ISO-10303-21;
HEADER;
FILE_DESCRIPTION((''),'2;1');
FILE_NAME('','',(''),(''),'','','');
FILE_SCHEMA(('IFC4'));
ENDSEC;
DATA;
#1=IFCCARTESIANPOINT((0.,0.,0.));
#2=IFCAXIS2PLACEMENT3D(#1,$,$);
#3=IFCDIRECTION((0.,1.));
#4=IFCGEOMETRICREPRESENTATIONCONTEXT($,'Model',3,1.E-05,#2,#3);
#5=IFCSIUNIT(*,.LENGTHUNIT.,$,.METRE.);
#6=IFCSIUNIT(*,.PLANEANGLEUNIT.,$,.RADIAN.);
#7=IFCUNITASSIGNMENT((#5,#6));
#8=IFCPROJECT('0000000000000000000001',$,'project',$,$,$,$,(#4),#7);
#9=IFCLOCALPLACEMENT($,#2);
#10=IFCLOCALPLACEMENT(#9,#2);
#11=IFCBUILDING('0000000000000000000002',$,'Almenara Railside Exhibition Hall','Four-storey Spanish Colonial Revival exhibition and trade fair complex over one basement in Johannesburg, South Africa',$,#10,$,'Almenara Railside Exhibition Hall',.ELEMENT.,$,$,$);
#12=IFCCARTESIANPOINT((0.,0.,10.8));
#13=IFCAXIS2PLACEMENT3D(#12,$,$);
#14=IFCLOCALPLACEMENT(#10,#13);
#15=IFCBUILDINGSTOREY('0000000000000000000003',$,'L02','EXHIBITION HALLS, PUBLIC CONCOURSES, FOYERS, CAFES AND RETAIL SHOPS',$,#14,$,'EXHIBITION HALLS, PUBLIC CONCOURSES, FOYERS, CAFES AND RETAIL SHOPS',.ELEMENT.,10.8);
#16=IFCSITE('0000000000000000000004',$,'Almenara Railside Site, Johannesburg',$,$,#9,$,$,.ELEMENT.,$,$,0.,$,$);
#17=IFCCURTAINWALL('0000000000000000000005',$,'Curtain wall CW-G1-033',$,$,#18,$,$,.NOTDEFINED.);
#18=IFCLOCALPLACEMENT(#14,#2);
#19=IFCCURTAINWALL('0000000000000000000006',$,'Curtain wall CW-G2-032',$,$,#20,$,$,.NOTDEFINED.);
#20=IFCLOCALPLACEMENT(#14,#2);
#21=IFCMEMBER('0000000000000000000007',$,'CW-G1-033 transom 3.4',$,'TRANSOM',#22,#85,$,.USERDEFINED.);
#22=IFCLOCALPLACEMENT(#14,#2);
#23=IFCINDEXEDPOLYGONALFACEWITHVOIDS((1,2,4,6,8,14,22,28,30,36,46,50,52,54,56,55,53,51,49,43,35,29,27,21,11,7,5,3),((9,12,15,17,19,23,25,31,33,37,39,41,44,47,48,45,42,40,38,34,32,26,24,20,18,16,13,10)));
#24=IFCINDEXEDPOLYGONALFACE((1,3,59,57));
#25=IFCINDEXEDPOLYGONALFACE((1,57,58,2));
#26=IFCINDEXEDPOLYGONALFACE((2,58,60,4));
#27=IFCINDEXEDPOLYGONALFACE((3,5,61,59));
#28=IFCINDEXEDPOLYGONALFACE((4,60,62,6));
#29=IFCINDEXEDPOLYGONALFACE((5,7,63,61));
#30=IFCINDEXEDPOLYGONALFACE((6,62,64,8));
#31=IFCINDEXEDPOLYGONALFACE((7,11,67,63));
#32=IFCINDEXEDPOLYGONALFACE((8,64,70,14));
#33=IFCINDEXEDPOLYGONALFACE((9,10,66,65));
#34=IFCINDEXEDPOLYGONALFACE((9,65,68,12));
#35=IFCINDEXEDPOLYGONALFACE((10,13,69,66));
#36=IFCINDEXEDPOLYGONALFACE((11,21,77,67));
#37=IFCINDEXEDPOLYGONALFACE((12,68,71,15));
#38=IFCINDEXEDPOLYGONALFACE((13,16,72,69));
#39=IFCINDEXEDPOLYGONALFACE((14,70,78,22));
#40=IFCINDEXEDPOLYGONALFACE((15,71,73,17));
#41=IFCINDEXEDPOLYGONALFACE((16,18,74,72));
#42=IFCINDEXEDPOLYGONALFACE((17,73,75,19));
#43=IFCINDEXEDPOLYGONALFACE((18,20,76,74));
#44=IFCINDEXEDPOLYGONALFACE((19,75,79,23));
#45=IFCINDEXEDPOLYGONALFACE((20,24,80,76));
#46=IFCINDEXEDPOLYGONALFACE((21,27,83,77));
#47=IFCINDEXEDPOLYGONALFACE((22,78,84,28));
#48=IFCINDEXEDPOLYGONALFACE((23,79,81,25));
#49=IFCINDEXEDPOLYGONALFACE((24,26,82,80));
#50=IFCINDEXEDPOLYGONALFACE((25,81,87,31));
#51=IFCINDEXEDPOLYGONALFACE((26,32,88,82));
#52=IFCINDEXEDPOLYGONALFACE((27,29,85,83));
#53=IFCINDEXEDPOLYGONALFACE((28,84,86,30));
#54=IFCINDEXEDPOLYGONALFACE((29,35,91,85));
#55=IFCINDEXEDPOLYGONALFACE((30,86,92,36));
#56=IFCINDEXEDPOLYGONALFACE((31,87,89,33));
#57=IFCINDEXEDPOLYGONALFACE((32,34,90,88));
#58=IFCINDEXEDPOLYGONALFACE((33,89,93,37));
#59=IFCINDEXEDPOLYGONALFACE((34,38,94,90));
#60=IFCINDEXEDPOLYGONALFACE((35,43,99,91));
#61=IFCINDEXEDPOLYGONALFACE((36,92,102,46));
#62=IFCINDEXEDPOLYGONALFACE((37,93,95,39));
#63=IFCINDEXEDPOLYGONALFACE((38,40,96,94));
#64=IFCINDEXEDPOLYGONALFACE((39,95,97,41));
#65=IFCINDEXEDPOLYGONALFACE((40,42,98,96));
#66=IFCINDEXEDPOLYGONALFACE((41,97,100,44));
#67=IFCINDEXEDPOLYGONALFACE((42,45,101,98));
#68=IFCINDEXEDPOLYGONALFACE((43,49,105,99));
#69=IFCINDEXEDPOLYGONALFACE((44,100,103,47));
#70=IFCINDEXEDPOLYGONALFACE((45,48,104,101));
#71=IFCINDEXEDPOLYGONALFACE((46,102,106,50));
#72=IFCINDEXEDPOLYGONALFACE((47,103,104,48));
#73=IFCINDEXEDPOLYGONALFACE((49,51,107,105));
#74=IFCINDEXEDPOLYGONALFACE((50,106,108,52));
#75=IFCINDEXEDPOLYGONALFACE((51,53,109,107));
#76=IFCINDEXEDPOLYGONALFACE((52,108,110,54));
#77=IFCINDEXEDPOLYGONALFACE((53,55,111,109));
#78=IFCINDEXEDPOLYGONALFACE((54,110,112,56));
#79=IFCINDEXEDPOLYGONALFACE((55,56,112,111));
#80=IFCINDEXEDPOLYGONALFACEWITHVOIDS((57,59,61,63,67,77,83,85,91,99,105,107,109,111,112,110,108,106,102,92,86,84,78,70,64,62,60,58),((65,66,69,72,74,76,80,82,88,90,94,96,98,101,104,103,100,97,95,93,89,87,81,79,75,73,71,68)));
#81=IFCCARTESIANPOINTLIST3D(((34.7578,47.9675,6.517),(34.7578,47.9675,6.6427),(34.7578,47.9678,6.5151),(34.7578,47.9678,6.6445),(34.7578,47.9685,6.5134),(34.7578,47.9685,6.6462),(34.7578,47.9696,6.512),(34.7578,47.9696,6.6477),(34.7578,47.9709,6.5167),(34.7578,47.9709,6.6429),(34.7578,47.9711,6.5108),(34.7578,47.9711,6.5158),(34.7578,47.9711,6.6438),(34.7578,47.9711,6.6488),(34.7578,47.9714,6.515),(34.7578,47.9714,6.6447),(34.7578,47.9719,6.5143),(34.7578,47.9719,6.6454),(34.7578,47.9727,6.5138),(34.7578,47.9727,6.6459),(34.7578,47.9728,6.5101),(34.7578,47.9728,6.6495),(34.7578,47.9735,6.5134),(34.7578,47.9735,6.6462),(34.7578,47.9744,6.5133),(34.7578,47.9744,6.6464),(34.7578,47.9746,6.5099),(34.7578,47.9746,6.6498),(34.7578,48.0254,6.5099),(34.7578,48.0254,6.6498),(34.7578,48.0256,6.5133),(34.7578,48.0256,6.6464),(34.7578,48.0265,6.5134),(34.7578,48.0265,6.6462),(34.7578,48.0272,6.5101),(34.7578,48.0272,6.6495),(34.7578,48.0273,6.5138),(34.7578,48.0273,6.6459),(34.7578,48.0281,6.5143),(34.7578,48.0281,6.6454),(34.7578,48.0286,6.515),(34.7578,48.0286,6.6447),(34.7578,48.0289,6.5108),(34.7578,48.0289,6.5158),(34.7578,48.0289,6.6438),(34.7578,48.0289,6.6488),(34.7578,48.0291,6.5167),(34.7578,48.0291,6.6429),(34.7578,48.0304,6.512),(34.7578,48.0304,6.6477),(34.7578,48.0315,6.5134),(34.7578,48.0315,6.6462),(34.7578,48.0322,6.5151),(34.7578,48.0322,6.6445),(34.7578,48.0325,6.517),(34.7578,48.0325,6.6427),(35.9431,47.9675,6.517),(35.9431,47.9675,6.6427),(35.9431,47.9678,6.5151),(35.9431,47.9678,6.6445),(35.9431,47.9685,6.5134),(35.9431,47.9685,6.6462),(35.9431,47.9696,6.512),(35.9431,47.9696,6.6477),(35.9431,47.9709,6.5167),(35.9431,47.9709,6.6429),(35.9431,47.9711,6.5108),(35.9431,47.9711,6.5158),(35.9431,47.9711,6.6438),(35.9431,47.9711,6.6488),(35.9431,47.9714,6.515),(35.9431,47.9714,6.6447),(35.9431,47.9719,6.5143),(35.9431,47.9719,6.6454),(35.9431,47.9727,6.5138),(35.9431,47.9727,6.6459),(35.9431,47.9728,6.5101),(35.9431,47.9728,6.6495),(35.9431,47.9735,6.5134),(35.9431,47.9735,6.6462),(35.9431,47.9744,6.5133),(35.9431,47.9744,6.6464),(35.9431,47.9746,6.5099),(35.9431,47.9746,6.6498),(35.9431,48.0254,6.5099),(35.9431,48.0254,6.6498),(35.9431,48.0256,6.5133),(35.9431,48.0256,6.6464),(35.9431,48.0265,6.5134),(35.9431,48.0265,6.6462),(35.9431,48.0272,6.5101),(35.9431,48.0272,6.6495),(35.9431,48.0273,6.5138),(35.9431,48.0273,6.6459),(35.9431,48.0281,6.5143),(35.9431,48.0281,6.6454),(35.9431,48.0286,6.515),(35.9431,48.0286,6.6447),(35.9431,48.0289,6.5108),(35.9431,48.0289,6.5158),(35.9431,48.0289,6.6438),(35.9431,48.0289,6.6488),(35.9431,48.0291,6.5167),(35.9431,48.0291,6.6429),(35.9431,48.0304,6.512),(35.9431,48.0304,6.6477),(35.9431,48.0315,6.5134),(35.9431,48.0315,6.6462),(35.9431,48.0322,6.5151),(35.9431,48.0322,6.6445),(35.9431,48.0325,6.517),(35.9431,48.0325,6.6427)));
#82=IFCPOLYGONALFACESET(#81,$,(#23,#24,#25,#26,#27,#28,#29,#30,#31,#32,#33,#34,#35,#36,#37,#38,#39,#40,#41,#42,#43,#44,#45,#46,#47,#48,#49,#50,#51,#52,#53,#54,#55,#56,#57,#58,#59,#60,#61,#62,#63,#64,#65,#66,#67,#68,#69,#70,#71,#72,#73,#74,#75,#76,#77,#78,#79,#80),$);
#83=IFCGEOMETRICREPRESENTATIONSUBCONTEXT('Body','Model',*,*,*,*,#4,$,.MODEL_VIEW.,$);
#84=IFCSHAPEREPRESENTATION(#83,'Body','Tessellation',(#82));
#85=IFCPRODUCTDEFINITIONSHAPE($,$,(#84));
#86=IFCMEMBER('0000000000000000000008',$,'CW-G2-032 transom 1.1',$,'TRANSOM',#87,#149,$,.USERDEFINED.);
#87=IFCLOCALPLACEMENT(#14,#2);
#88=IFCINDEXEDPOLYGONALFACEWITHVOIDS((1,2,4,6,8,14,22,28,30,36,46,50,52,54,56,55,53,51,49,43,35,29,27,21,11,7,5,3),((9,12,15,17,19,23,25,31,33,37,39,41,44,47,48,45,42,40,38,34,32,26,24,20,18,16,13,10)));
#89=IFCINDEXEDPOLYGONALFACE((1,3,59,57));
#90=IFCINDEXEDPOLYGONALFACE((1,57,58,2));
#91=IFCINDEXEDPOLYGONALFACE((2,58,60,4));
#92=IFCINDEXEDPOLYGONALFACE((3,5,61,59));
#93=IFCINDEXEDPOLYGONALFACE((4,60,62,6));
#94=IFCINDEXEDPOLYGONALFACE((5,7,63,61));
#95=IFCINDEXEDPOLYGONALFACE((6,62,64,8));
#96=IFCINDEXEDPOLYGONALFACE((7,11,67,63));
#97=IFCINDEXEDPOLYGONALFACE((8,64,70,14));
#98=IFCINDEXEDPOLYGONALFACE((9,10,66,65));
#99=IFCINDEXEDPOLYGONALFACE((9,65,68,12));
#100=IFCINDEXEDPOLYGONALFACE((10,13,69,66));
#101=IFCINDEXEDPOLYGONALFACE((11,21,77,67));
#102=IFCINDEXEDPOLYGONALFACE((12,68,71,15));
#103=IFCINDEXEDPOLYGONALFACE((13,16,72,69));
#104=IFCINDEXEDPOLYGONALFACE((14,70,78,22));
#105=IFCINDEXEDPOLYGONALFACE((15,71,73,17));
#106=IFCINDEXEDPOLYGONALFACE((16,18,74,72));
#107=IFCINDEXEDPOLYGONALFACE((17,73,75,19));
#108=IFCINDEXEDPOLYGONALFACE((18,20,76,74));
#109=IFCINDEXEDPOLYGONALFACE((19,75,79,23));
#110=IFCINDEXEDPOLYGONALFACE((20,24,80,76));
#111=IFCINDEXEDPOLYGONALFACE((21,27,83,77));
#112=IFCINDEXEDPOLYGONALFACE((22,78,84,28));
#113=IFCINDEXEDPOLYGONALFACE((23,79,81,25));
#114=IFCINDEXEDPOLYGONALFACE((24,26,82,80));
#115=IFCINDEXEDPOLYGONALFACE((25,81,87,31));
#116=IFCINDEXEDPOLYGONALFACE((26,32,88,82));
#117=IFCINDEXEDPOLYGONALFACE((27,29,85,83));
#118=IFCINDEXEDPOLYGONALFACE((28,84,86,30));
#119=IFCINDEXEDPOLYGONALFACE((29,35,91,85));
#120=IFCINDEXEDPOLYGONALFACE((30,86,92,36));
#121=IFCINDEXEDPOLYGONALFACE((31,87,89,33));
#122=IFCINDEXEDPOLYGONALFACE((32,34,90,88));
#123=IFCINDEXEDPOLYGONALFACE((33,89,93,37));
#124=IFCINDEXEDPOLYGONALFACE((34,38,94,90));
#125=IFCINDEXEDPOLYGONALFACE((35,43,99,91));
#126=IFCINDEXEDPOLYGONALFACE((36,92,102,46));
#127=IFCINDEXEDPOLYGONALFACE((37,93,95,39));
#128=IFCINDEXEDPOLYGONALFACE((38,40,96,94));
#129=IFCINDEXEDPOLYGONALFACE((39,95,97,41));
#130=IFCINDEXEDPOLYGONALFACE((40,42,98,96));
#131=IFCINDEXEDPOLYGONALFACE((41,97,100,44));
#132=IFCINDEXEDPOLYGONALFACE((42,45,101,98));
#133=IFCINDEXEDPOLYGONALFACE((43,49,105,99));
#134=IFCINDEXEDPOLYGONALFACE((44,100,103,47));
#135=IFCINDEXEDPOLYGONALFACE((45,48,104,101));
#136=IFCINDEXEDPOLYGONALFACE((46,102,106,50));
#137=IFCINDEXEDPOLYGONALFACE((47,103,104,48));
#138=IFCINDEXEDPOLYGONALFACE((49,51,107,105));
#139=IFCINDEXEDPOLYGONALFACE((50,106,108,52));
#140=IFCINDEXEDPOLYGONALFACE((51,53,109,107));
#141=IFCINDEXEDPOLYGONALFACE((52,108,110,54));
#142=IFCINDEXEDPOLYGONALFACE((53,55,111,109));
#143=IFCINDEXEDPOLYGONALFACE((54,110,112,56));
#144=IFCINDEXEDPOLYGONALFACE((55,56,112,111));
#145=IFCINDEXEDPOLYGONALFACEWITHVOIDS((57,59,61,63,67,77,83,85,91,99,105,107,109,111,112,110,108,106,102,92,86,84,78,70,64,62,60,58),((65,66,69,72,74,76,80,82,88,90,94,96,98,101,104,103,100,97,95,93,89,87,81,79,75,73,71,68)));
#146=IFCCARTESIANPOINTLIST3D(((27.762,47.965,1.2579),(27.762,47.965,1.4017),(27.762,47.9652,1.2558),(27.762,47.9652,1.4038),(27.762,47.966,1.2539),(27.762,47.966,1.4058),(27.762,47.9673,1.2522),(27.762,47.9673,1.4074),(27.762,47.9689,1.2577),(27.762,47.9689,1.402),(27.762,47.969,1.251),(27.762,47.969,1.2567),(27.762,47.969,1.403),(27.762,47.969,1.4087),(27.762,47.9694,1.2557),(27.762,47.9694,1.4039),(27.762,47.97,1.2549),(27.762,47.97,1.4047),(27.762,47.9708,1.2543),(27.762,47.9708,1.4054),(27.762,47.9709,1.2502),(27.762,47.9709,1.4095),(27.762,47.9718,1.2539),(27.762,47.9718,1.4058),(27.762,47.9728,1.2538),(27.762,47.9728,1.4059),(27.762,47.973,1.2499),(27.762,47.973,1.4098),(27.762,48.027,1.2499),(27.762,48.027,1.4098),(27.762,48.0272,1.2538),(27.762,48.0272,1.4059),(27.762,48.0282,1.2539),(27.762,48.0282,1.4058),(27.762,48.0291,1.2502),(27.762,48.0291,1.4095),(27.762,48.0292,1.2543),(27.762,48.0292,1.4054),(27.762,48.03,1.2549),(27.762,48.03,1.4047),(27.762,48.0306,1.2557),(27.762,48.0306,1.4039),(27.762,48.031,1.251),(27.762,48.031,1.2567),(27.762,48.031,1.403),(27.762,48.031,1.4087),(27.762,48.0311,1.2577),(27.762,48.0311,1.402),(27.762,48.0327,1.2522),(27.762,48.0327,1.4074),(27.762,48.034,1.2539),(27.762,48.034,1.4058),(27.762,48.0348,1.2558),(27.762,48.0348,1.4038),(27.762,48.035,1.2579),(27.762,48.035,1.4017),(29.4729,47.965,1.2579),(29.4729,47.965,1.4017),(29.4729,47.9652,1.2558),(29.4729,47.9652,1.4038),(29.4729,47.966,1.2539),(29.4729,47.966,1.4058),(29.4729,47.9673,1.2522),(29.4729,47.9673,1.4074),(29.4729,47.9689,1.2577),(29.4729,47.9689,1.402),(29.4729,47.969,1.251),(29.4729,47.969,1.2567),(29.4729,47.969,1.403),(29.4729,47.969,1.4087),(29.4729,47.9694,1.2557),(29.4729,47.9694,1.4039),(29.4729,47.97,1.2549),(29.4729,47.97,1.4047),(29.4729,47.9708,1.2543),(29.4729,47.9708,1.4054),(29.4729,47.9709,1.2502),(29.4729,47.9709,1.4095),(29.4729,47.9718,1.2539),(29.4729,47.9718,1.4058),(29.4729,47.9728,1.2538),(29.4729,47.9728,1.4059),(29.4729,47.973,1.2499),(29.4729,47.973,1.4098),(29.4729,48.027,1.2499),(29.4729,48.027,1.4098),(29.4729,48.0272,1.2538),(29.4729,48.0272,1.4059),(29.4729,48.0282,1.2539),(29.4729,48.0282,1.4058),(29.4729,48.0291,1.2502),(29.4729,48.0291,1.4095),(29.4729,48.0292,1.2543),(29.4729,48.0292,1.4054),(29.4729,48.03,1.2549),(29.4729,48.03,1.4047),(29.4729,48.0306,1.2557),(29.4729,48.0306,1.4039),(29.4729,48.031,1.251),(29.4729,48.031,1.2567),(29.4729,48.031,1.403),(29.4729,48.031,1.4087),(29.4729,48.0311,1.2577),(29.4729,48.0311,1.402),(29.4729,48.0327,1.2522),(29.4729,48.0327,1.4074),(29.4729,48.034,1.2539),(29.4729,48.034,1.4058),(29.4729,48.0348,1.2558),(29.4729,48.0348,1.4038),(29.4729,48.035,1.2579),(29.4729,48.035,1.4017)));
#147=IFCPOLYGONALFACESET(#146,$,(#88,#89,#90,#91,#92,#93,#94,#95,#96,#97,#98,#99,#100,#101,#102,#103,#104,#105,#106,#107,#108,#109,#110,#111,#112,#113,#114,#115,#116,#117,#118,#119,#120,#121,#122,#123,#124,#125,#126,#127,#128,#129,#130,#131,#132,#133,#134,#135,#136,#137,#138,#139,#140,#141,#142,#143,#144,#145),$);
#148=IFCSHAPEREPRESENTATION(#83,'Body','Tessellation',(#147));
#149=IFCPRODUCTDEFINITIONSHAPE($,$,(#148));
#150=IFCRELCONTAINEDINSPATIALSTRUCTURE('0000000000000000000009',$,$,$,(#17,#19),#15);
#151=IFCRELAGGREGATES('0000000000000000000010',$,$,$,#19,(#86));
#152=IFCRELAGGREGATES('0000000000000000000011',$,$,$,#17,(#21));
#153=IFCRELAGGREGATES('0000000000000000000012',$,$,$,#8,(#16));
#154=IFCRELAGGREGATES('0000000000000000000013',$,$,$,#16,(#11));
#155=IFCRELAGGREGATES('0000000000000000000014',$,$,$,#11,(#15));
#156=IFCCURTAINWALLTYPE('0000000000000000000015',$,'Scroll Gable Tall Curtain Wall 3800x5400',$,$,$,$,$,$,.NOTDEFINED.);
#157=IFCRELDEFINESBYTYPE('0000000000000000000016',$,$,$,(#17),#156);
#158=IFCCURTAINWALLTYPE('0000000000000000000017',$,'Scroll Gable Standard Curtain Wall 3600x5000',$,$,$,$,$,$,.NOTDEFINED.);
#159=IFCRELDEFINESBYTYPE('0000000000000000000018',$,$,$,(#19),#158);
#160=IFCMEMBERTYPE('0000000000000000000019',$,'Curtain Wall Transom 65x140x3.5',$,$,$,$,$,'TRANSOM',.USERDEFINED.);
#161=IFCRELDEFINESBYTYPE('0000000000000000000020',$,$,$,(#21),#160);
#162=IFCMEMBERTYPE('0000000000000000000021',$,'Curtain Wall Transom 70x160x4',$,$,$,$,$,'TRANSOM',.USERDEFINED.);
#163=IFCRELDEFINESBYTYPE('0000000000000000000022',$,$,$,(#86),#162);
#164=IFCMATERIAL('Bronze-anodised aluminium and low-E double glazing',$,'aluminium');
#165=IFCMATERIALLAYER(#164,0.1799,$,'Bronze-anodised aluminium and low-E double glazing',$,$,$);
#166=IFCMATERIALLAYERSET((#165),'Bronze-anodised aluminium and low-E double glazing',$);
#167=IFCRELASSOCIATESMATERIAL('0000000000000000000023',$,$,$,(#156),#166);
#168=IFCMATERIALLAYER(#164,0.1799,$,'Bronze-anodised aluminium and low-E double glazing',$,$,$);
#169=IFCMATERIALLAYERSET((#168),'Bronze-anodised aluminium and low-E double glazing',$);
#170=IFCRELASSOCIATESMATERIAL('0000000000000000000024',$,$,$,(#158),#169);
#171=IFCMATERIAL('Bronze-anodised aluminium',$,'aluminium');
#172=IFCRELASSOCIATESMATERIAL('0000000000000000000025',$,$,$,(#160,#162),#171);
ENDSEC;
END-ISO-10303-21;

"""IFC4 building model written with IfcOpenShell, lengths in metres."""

from ifc_helpers import new_model, si_unit, direction, frame, origin, origin_2d, place, context, subcontext, project, spatial, hollow_rectangle, extrude, material, layer, layer_set, material_profile, profile_set, type_object, element, aggregate, save


model = new_model("IFC4")

# Units and contexts
model_context = context("Model", 3, precision=1e-05, world=origin(), true_north=direction((0.0, 1.0)))
body_context = subcontext(model_context, "Body", "Model", "MODEL_VIEW")
ifc_project = project(units=[si_unit("LENGTHUNIT", "METRE"), si_unit("PLANEANGLEUNIT", "RADIAN")], contexts=[model_context])

# Site, building, storey
site_placement = place(None, origin())
site = spatial("IfcSite", under=ifc_project, at=site_placement, Name="Almenara Railside Site, Johannesburg", CompositionType="ELEMENT", RefElevation=0.0)
building_placement = place(site_placement, origin())
building = spatial("IfcBuilding", under=site, at=building_placement, Name="Almenara Railside Exhibition Hall", Description="Four-storey Spanish Colonial Revival exhibition and trade fair complex over one basement in Johannesburg, South Africa", LongName="Almenara Railside Exhibition Hall", CompositionType="ELEMENT")
storey_placement = place(building_placement, frame((0.0, 0.0, 10.8)))
storey = spatial("IfcBuildingStorey", under=building, at=storey_placement, Name="L02", Description="EXHIBITION HALLS, PUBLIC CONCOURSES, FOYERS, CAFES AND RETAIL SHOPS", LongName="EXHIBITION HALLS, PUBLIC CONCOURSES, FOYERS, CAFES AND RETAIL SHOPS", CompositionType="ELEMENT", Elevation=10.8)

# Curtain walls
ifc_material_1 = material(Name="Bronze-anodised aluminium and low-E double glazing", Category="aluminium")
ifc_layer_1 = layer(ifc_material_1, 0.1799, Name="Bronze-anodised aluminium and low-E double glazing")
ifc_layer_set_1 = layer_set([ifc_layer_1], Name="Bronze-anodised aluminium and low-E double glazing")
curtain_wall_type_1 = type_object("IfcCurtainWallType", Name="Scroll Gable Tall Curtain Wall 3800x5400", PredefinedType="NOTDEFINED", material=ifc_layer_set_1)
curtain_wall_1_placement = place(storey_placement, origin())
curtain_wall_1 = element("IfcCurtainWall", 1, at=curtain_wall_1_placement, inside=storey, type_object=curtain_wall_type_1, Name="Curtain wall CW-G1-033", PredefinedType="NOTDEFINED")
ifc_material_2 = material(Name="Bronze-anodised aluminium", Category="aluminium")
ifc_layer_2 = layer(ifc_material_1, 0.1799, Name="Bronze-anodised aluminium and low-E double glazing")
ifc_layer_set_2 = layer_set([ifc_layer_2], Name="Bronze-anodised aluminium and low-E double glazing")
curtain_wall_type_2 = type_object("IfcCurtainWallType", Name="Scroll Gable Standard Curtain Wall 3600x5000", PredefinedType="NOTDEFINED", material=ifc_layer_set_2)
curtain_wall_2_placement = place(storey_placement, origin())
curtain_wall_2 = element("IfcCurtainWall", 2, at=curtain_wall_2_placement, inside=storey, type_object=curtain_wall_type_2, Name="Curtain wall CW-G2-032", PredefinedType="NOTDEFINED")

# Members
ifc_material_profile_1 = material_profile(ifc_material_2, hollow_rectangle(XDim=0.0649, YDim=0.1399, WallThickness=0.0034, InnerFilletRadius=0.0034, OuterFilletRadius=0.0071, at=origin_2d()), Name="ALU-TRN 65x140x3.5")
ifc_profile_set_1 = profile_set([ifc_material_profile_1], Name="Bronze-anodised aluminium")
member_type_1 = type_object("IfcMemberType", Name="Curtain Wall Transom 65x140x3.5", ElementType="TRANSOM", PredefinedType="USERDEFINED", material=ifc_profile_set_1)
member_1_placement = place(storey_placement, frame((34.7578, 48.0, 6.5798), z_axis=(1.0, 0.0, 0.0), x_axis=(0.0, 1.0, 0.0)))
member_1 = element("IfcMember", 3, at=member_1_placement, type_object=member_type_1, Name="CW-G1-033 transom 3.4", ObjectType="TRANSOM", PredefinedType="USERDEFINED", context=body_context, shape_type="SweptSolid", body=[
    extrude(hollow_rectangle(XDim=0.0649, YDim=0.1399, WallThickness=0.0034, InnerFilletRadius=0.0034, OuterFilletRadius=0.0071, at=origin_2d()), origin(), (0.0, 0.0, 1.0), 1.1853),
])
ifc_material_profile_2 = material_profile(ifc_material_2, hollow_rectangle(XDim=0.0701, YDim=0.1599, WallThickness=0.0039, InnerFilletRadius=0.0039, OuterFilletRadius=0.0081, at=origin_2d()), Name="ALU-TRN 70x160x4")
ifc_profile_set_2 = profile_set([ifc_material_profile_2], Name="Bronze-anodised aluminium")
member_type_2 = type_object("IfcMemberType", Name="Curtain Wall Transom 70x160x4", ElementType="TRANSOM", PredefinedType="USERDEFINED", material=ifc_profile_set_2)
member_2_placement = place(storey_placement, frame((27.762, 48.0, 1.3298), z_axis=(1.0, 0.0, 0.0), x_axis=(0.0, 1.0, 0.0)))
member_2 = element("IfcMember", 4, at=member_2_placement, type_object=member_type_2, Name="CW-G2-032 transom 1.1", ObjectType="TRANSOM", PredefinedType="USERDEFINED", context=body_context, shape_type="SweptSolid", body=[
    extrude(hollow_rectangle(XDim=0.0701, YDim=0.1599, WallThickness=0.0039, InnerFilletRadius=0.0039, OuterFilletRadius=0.0081, at=origin_2d()), origin(), (0.0, 0.0, 1.0), 1.7109),
])

aggregate(curtain_wall_2, [member_2])
aggregate(curtain_wall_1, [member_1])

save(model, "model.ifc")
